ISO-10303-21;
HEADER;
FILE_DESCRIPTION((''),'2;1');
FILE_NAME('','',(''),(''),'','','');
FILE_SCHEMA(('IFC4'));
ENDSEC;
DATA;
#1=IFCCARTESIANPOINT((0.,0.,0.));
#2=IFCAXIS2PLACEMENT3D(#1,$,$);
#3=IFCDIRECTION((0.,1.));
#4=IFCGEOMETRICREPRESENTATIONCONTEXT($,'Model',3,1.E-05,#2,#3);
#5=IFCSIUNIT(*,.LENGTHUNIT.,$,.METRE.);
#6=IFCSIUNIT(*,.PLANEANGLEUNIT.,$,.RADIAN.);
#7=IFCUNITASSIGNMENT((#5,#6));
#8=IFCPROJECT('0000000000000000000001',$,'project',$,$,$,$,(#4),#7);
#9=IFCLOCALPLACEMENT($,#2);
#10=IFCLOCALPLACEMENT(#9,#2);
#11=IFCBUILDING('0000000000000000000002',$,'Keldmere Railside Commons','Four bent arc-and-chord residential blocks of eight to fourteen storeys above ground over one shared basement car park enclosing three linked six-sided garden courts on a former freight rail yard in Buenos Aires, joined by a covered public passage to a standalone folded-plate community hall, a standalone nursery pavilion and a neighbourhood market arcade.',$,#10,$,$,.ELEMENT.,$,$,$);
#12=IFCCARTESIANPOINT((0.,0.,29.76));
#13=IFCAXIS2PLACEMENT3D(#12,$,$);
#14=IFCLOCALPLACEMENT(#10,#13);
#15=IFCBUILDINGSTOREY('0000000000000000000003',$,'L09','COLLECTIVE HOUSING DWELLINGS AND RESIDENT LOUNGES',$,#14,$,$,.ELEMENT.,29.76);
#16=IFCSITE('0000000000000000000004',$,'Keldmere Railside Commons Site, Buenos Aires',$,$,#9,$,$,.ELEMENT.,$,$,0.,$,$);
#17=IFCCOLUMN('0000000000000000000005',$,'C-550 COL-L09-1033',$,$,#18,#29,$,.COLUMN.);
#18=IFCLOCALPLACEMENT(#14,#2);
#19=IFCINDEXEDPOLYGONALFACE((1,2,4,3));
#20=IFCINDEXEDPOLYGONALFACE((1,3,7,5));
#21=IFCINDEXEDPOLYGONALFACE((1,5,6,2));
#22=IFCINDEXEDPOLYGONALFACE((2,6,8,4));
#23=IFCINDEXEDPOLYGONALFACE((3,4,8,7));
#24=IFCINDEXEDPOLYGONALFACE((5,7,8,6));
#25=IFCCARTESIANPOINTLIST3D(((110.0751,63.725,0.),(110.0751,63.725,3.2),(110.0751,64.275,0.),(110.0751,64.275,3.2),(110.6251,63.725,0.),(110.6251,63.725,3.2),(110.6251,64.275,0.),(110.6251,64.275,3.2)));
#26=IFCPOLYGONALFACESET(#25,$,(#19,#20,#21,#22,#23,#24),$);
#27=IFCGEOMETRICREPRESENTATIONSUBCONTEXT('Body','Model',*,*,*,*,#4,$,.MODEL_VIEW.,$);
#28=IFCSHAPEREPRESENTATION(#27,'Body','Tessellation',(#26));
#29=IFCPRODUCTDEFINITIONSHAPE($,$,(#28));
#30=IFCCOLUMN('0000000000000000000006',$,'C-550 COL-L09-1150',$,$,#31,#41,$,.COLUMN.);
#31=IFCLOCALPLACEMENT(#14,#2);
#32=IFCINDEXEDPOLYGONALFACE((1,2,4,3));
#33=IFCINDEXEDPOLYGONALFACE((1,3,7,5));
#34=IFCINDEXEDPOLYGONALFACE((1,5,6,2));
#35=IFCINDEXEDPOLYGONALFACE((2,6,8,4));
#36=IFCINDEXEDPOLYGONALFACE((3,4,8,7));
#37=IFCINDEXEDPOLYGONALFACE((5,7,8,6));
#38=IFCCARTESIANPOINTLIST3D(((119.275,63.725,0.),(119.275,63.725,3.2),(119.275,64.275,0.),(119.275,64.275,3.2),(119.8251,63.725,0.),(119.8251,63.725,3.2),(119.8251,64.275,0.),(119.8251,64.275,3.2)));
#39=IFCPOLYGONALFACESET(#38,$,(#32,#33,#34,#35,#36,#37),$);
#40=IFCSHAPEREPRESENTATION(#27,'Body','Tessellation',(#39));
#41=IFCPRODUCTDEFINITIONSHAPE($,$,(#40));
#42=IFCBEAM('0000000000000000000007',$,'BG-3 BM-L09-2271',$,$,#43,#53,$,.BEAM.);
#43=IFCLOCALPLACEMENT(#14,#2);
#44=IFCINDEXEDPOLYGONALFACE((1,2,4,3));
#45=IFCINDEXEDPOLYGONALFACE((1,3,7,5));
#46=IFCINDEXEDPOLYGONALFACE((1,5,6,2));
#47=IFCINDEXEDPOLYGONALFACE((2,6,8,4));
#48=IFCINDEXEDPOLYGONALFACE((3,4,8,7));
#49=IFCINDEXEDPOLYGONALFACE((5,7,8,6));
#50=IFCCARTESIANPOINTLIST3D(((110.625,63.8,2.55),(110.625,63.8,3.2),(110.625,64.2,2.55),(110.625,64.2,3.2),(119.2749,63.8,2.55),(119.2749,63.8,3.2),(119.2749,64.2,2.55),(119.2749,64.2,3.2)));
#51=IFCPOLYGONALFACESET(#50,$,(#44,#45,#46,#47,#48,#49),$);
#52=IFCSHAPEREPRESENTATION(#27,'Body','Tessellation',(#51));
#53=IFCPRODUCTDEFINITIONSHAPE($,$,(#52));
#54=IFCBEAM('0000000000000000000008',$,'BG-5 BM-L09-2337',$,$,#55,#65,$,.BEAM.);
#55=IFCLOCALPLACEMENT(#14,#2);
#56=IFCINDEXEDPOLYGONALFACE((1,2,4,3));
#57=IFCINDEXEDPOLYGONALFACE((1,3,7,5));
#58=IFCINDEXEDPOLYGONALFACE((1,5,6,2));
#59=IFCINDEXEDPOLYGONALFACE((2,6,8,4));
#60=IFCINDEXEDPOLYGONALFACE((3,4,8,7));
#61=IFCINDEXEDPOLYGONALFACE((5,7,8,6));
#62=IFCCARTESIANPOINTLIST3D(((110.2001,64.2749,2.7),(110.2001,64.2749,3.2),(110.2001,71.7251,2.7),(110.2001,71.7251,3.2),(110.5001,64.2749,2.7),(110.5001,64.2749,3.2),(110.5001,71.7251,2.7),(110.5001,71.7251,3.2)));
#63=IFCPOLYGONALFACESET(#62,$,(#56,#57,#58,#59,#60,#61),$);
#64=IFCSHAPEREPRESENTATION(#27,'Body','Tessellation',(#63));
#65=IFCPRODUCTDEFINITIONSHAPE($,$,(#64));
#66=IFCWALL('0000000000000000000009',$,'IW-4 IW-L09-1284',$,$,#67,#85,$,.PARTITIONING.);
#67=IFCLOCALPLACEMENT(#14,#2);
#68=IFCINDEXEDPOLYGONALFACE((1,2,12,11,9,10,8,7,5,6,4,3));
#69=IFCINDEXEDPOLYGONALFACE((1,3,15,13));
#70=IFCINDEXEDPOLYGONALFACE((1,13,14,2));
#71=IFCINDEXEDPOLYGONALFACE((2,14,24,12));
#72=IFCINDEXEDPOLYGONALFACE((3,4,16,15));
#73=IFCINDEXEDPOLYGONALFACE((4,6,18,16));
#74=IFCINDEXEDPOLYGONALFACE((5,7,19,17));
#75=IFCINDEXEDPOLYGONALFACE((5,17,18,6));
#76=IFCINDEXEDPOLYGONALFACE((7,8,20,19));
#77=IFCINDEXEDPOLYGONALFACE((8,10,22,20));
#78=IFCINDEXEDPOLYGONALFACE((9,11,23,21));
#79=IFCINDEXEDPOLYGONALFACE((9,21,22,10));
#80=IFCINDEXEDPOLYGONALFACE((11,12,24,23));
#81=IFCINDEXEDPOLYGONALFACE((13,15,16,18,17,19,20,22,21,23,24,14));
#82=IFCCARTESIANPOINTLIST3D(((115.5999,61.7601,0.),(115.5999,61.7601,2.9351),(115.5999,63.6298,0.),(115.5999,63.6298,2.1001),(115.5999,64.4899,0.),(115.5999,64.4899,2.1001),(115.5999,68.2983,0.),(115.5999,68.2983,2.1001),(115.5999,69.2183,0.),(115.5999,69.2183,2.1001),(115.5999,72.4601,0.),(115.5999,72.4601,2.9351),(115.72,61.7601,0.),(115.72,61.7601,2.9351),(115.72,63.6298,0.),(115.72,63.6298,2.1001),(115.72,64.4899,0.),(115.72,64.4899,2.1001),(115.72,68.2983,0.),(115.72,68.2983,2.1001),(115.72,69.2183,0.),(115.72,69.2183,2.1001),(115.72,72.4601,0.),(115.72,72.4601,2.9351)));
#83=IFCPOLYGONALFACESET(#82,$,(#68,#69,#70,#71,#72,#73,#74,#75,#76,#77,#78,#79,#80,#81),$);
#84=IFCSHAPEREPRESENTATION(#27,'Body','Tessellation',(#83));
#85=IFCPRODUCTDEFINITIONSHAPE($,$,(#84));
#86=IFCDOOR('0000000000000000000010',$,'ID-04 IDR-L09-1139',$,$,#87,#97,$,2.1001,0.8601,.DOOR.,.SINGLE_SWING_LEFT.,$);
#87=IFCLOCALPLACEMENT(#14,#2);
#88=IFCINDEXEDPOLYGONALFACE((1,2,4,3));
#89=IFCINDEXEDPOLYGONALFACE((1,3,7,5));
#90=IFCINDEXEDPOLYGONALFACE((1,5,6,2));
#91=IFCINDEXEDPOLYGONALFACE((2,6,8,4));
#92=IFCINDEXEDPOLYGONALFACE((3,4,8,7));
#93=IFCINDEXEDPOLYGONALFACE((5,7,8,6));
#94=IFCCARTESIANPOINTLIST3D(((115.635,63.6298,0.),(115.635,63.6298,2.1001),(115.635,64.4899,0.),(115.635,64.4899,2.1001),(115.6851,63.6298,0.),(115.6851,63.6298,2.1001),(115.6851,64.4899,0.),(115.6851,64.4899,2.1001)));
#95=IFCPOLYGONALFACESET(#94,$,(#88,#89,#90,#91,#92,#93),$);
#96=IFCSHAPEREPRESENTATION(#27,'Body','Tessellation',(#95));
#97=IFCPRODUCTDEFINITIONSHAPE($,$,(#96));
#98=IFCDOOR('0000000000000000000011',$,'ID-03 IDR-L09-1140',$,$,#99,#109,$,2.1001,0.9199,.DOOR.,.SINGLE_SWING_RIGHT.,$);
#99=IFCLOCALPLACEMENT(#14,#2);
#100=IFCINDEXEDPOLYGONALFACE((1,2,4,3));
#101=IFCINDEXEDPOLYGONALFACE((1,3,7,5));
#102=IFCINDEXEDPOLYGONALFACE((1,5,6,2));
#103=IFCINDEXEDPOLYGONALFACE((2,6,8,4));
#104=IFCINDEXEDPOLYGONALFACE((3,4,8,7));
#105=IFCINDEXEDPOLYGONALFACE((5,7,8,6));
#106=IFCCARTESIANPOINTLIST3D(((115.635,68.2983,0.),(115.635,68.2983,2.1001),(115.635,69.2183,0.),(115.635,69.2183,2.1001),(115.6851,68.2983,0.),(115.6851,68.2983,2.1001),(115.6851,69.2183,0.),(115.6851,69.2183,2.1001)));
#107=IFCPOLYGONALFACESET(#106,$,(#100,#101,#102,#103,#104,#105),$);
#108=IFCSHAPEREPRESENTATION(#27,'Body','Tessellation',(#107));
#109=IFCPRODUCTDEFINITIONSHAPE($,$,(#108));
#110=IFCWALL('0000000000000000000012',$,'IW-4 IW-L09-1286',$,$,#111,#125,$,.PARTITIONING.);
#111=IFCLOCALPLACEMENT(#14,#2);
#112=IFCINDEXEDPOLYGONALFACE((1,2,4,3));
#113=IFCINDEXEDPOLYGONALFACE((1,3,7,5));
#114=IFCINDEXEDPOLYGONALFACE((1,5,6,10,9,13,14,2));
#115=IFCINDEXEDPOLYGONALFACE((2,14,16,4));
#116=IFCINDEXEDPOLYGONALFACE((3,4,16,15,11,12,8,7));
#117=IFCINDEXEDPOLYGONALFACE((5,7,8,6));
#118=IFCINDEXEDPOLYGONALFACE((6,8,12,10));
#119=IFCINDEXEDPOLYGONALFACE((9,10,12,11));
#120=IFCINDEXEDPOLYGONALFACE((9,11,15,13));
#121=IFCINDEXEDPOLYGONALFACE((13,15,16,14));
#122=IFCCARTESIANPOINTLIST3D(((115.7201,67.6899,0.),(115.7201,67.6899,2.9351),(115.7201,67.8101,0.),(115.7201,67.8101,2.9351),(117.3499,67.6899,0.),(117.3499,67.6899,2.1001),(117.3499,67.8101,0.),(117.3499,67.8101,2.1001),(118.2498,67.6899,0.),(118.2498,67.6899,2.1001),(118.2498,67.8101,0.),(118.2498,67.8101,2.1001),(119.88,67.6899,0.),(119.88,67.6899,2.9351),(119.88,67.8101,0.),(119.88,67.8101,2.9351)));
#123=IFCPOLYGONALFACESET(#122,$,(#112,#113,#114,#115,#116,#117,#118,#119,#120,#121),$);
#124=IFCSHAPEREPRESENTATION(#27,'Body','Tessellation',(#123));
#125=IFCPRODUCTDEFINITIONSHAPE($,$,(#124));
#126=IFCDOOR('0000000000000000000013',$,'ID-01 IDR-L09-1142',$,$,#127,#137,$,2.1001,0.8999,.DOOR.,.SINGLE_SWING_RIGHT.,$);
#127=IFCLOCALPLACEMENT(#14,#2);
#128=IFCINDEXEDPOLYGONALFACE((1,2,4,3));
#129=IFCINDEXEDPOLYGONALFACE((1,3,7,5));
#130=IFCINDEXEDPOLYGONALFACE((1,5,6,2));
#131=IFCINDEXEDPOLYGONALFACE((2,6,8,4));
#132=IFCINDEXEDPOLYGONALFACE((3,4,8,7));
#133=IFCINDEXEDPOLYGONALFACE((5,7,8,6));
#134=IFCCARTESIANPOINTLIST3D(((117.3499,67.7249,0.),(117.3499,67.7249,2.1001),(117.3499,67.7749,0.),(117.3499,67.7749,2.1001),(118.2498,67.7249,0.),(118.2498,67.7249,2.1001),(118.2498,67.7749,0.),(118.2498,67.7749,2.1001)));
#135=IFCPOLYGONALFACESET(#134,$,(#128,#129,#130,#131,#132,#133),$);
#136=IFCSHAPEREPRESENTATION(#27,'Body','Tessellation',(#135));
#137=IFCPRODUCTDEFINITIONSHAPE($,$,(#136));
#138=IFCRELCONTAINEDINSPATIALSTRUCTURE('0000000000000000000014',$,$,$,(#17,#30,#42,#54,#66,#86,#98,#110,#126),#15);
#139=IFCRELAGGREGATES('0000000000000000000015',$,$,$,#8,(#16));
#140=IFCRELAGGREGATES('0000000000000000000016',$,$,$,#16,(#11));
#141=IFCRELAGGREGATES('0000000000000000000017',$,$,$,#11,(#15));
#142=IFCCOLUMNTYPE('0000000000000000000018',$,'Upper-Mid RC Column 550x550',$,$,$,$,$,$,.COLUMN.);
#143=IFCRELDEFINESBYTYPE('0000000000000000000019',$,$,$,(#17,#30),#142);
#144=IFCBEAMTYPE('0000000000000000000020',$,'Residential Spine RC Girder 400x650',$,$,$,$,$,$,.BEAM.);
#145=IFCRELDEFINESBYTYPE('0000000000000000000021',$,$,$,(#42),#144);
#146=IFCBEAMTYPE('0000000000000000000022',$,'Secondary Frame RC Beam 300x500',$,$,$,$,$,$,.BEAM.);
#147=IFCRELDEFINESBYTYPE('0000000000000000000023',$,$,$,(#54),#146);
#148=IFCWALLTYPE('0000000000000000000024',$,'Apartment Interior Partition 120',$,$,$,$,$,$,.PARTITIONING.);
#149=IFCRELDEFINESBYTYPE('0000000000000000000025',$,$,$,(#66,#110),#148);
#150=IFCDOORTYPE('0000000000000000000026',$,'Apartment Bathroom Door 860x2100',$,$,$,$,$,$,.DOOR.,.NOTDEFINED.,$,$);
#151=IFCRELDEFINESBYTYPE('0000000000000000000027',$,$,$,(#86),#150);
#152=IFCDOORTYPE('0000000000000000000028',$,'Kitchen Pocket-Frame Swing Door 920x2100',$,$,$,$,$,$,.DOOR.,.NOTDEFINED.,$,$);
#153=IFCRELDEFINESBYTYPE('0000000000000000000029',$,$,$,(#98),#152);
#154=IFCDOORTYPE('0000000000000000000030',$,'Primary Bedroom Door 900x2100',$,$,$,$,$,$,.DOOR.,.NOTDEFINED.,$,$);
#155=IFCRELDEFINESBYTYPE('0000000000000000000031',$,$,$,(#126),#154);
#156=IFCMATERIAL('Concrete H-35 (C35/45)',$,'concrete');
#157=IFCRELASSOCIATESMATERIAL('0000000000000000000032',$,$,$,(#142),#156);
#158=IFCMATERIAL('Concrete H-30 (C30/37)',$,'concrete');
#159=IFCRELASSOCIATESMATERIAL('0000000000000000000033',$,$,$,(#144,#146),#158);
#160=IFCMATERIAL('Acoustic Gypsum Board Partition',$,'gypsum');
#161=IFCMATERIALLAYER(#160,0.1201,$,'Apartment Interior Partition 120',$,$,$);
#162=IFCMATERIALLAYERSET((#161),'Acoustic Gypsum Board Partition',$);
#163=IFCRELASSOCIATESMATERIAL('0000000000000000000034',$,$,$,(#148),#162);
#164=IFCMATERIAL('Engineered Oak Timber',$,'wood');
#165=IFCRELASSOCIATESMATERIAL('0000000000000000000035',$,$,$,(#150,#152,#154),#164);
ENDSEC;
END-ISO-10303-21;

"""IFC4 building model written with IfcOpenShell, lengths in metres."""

from ifc_helpers import new_model, si_unit, direction, frame, frame_2d, origin, origin_2d, place, context, subcontext, project, spatial, rectangle, extrude, material, layer, layer_set, material_profile, profile_set, type_object, element, fill, save


model = new_model("IFC4")

# Units and contexts
model_context = context("Model", 3, precision=1e-05, world=origin(), true_north=direction((0.0, 1.0)))
body_context = subcontext(model_context, "Body", "Model", "MODEL_VIEW")
ifc_project = project(units=[si_unit("LENGTHUNIT", "METRE"), si_unit("PLANEANGLEUNIT", "RADIAN")], contexts=[model_context])

# Site, building, storey
site_placement = place(None, origin())
site = spatial("IfcSite", under=ifc_project, at=site_placement, Name="Keldmere Railside Commons Site, Buenos Aires", CompositionType="ELEMENT", RefElevation=0.0)
building_placement = place(site_placement, origin())
building = spatial("IfcBuilding", under=site, at=building_placement, Name="Keldmere Railside Commons", Description="Four bent arc-and-chord residential blocks of eight to fourteen storeys above ground over one shared basement car park enclosing three linked six-sided garden courts on a former freight rail yard in Buenos Aires, joined by a covered public passage to a standalone folded-plate community hall, a standalone nursery pavilion and a neighbourhood market arcade.", CompositionType="ELEMENT")
storey_placement = place(building_placement, frame((0.0, 0.0, 29.76)))
storey = spatial("IfcBuildingStorey", under=building, at=storey_placement, Name="L09", Description="COLLECTIVE HOUSING DWELLINGS AND RESIDENT LOUNGES", CompositionType="ELEMENT", Elevation=29.76)

# Columns
ifc_material_1 = material(Name="Concrete H-35 (C35/45)", Category="concrete")
ifc_material_profile_1 = material_profile(ifc_material_1, rectangle(XDim=0.55, YDim=0.55, at=origin_2d()), Name="RC-550x550")
ifc_profile_set_1 = profile_set([ifc_material_profile_1], Name="Concrete H-35 (C35/45)")
column_type = type_object("IfcColumnType", Name="Upper-Mid RC Column 550x550", PredefinedType="COLUMN", material=ifc_profile_set_1)
for number, where, z_axis, x_axis, name in (
    (1, (110.3501, 64.0, 0.0), (0.0, 0.0, 1.0), (1.0, 0.0, 0.0), "C-550 COL-L09-1033"),
    (2, (119.55, 64.0, 0.0), (0.0, 0.0, 1.0), (1.0, 0.0, 0.0), "C-550 COL-L09-1150"),
):
    element("IfcColumn", number, at=place(storey_placement, frame(where, z_axis=z_axis, x_axis=x_axis)), inside=storey, type_object=column_type, Name=name, PredefinedType="COLUMN", context=body_context, shape_type="SweptSolid", body=[
        extrude(rectangle(XDim=0.55, YDim=0.55, at=origin_2d()), origin(), (0.0, 0.0, 1.0), 3.2),
    ])

# Beams
ifc_material_2 = material(Name="Concrete H-30 (C30/37)", Category="concrete")
ifc_material_profile_2 = material_profile(ifc_material_2, rectangle(XDim=0.3999, YDim=0.6499, at=origin_2d()), Name="RC-400x650")
ifc_profile_set_2 = profile_set([ifc_material_profile_2], Name="Concrete H-30 (C30/37)")
beam_type_1 = type_object("IfcBeamType", Name="Residential Spine RC Girder 400x650", PredefinedType="BEAM", material=ifc_profile_set_2)
beam_1_placement = place(storey_placement, frame((110.625, 64.0, 2.875), z_axis=(1.0, 0.0, 0.0), x_axis=(0.0, 1.0, 0.0)))
element("IfcBeam", 3, at=beam_1_placement, inside=storey, type_object=beam_type_1, Name="BG-3 BM-L09-2271", PredefinedType="BEAM", context=body_context, shape_type="SweptSolid", body=[
    extrude(rectangle(XDim=0.3999, YDim=0.6499, at=origin_2d()), origin(), (0.0, 0.0, 1.0), 8.6499),
])
ifc_material_profile_3 = material_profile(ifc_material_2, rectangle(XDim=0.3, YDim=0.5, at=origin_2d()), Name="RC-300x500")
ifc_profile_set_3 = profile_set([ifc_material_profile_3], Name="Concrete H-30 (C30/37)")
beam_type_2 = type_object("IfcBeamType", Name="Secondary Frame RC Beam 300x500", PredefinedType="BEAM", material=ifc_profile_set_3)
beam_2_placement = place(storey_placement, frame((110.3501, 64.2749, 2.95), z_axis=(0.0, 1.0, 0.0), x_axis=(-1.0, 0.0, 0.0)))
element("IfcBeam", 4, at=beam_2_placement, inside=storey, type_object=beam_type_2, Name="BG-5 BM-L09-2337", PredefinedType="BEAM", context=body_context, shape_type="SweptSolid", body=[
    extrude(rectangle(XDim=0.3, YDim=0.5, at=origin_2d()), origin(), (0.0, 0.0, 1.0), 7.4502),
])

# Wall, openings, doors
ifc_material_3 = material(Name="Acoustic Gypsum Board Partition", Category="gypsum")
ifc_layer_1 = layer(ifc_material_3, 0.1201, Name="Apartment Interior Partition 120")
ifc_layer_set_1 = layer_set([ifc_layer_1], Name="Acoustic Gypsum Board Partition")
wall_type_1 = type_object("IfcWallType", Name="Apartment Interior Partition 120", PredefinedType="PARTITIONING", material=ifc_layer_set_1)
wall_1_placement = place(storey_placement, frame((115.6599, 61.76, 0.0), z_axis=(0.0, 0.0, 1.0), x_axis=(0.0, 1.0, 0.0)))
wall_1 = element("IfcWall", 5, at=wall_1_placement, inside=storey, type_object=wall_type_1, Name="IW-4 IW-L09-1284", PredefinedType="PARTITIONING", context=body_context, shape_type="SweptSolid", body=[
    extrude(rectangle(XDim=10.7, YDim=0.1201, at=frame_2d((5.3501, 0.0))), origin(), (0.0, 0.0, 1.0), 2.9351),
])
opening_1_placement = place(wall_1_placement, frame((1.8696, 0.0, 0.0)))
opening_1 = element("IfcOpeningElement", 6, at=opening_1_placement, cuts=wall_1, PredefinedType="OPENING", context=body_context, shape_type="SweptSolid", body=[
    extrude(rectangle(XDim=0.8601, YDim=2.1001, at=frame_2d((0.4302, 1.05))), frame((0.0, 0.0701, 0.0), z_axis=(0.0, -1.0, 0.0), x_axis=(1.0, 0.0, 0.0)), (0.0, 0.0, 1.0), 0.1401),
])
opening_2_placement = place(wall_1_placement, frame((6.5383, 0.0, 0.0)))
opening_2 = element("IfcOpeningElement", 7, at=opening_2_placement, cuts=wall_1, PredefinedType="OPENING", context=body_context, shape_type="SweptSolid", body=[
    extrude(rectangle(XDim=0.9199, YDim=2.1001, at=frame_2d((0.46, 1.05))), frame((0.0, 0.0701, 0.0), z_axis=(0.0, -1.0, 0.0), x_axis=(1.0, 0.0, 0.0)), (0.0, 0.0, 1.0), 0.1401),
])
ifc_material_4 = material(Name="Engineered Oak Timber", Category="wood")
door_type_1 = type_object("IfcDoorType", Name="Apartment Bathroom Door 860x2100", OperationType="NOTDEFINED", PredefinedType="DOOR", material=ifc_material_4)
door_1_placement = place(opening_1_placement, origin())
door_1 = element("IfcDoor", 8, at=door_1_placement, inside=storey, type_object=door_type_1, Name="ID-04 IDR-L09-1139", OperationType="SINGLE_SWING_LEFT", OverallHeight=2.1001, OverallWidth=0.8601, PredefinedType="DOOR", context=body_context, shape_type="SweptSolid", body=[
    extrude(rectangle(XDim=0.8601, YDim=2.1001, at=frame_2d((0.4302, 1.05))), frame((0.0, 0.0249, 0.0), z_axis=(0.0, -1.0, 0.0), x_axis=(1.0, 0.0, 0.0)), (0.0, 0.0, 1.0), 0.05),
])
fill(opening_1, door_1)
door_type_2 = type_object("IfcDoorType", Name="Kitchen Pocket-Frame Swing Door 920x2100", OperationType="NOTDEFINED", PredefinedType="DOOR", material=ifc_material_4)
door_2_placement = place(opening_2_placement, origin())
door_2 = element("IfcDoor", 9, at=door_2_placement, inside=storey, type_object=door_type_2, Name="ID-03 IDR-L09-1140", OperationType="SINGLE_SWING_RIGHT", OverallHeight=2.1001, OverallWidth=0.9199, PredefinedType="DOOR", context=body_context, shape_type="SweptSolid", body=[
    extrude(rectangle(XDim=0.9199, YDim=2.1001, at=frame_2d((0.46, 1.05))), frame((0.0, 0.0249, 0.0), z_axis=(0.0, -1.0, 0.0), x_axis=(1.0, 0.0, 0.0)), (0.0, 0.0, 1.0), 0.05),
])
fill(opening_2, door_2)

# Wall, opening, door
wall_2_placement = place(storey_placement, frame((115.72, 67.75, 0.0), z_axis=(0.0, 0.0, 1.0), x_axis=(1.0, 0.0, 0.0)))
wall_2 = element("IfcWall", 10, at=wall_2_placement, inside=storey, type_object=wall_type_1, Name="IW-4 IW-L09-1286", PredefinedType="PARTITIONING", context=body_context, shape_type="SweptSolid", body=[
    extrude(rectangle(XDim=4.1599, YDim=0.1201, at=frame_2d((2.0801, 0.0))), origin(), (0.0, 0.0, 1.0), 2.9351),
])
opening_3_placement = place(wall_2_placement, frame((1.6299, 0.0, 0.0)))
opening_3 = element("IfcOpeningElement", 11, at=opening_3_placement, cuts=wall_2, PredefinedType="OPENING", context=body_context, shape_type="SweptSolid", body=[
    extrude(rectangle(XDim=0.8999, YDim=2.1001, at=frame_2d((0.45, 1.05))), frame((0.0, 0.0701, 0.0), z_axis=(0.0, -1.0, 0.0), x_axis=(1.0, 0.0, 0.0)), (0.0, 0.0, 1.0), 0.1401),
])
door_type_3 = type_object("IfcDoorType", Name="Primary Bedroom Door 900x2100", OperationType="NOTDEFINED", PredefinedType="DOOR", material=ifc_material_4)
door_3_placement = place(opening_3_placement, origin())
door_3 = element("IfcDoor", 12, at=door_3_placement, inside=storey, type_object=door_type_3, Name="ID-01 IDR-L09-1142", OperationType="SINGLE_SWING_RIGHT", OverallHeight=2.1001, OverallWidth=0.8999, PredefinedType="DOOR", context=body_context, shape_type="SweptSolid", body=[
    extrude(rectangle(XDim=0.8999, YDim=2.1001, at=frame_2d((0.45, 1.05))), frame((0.0, 0.0249, 0.0), z_axis=(0.0, -1.0, 0.0), x_axis=(1.0, 0.0, 0.0)), (0.0, 0.0, 1.0), 0.05),
])
fill(opening_3, door_3)

save(model, "model.ifc")
